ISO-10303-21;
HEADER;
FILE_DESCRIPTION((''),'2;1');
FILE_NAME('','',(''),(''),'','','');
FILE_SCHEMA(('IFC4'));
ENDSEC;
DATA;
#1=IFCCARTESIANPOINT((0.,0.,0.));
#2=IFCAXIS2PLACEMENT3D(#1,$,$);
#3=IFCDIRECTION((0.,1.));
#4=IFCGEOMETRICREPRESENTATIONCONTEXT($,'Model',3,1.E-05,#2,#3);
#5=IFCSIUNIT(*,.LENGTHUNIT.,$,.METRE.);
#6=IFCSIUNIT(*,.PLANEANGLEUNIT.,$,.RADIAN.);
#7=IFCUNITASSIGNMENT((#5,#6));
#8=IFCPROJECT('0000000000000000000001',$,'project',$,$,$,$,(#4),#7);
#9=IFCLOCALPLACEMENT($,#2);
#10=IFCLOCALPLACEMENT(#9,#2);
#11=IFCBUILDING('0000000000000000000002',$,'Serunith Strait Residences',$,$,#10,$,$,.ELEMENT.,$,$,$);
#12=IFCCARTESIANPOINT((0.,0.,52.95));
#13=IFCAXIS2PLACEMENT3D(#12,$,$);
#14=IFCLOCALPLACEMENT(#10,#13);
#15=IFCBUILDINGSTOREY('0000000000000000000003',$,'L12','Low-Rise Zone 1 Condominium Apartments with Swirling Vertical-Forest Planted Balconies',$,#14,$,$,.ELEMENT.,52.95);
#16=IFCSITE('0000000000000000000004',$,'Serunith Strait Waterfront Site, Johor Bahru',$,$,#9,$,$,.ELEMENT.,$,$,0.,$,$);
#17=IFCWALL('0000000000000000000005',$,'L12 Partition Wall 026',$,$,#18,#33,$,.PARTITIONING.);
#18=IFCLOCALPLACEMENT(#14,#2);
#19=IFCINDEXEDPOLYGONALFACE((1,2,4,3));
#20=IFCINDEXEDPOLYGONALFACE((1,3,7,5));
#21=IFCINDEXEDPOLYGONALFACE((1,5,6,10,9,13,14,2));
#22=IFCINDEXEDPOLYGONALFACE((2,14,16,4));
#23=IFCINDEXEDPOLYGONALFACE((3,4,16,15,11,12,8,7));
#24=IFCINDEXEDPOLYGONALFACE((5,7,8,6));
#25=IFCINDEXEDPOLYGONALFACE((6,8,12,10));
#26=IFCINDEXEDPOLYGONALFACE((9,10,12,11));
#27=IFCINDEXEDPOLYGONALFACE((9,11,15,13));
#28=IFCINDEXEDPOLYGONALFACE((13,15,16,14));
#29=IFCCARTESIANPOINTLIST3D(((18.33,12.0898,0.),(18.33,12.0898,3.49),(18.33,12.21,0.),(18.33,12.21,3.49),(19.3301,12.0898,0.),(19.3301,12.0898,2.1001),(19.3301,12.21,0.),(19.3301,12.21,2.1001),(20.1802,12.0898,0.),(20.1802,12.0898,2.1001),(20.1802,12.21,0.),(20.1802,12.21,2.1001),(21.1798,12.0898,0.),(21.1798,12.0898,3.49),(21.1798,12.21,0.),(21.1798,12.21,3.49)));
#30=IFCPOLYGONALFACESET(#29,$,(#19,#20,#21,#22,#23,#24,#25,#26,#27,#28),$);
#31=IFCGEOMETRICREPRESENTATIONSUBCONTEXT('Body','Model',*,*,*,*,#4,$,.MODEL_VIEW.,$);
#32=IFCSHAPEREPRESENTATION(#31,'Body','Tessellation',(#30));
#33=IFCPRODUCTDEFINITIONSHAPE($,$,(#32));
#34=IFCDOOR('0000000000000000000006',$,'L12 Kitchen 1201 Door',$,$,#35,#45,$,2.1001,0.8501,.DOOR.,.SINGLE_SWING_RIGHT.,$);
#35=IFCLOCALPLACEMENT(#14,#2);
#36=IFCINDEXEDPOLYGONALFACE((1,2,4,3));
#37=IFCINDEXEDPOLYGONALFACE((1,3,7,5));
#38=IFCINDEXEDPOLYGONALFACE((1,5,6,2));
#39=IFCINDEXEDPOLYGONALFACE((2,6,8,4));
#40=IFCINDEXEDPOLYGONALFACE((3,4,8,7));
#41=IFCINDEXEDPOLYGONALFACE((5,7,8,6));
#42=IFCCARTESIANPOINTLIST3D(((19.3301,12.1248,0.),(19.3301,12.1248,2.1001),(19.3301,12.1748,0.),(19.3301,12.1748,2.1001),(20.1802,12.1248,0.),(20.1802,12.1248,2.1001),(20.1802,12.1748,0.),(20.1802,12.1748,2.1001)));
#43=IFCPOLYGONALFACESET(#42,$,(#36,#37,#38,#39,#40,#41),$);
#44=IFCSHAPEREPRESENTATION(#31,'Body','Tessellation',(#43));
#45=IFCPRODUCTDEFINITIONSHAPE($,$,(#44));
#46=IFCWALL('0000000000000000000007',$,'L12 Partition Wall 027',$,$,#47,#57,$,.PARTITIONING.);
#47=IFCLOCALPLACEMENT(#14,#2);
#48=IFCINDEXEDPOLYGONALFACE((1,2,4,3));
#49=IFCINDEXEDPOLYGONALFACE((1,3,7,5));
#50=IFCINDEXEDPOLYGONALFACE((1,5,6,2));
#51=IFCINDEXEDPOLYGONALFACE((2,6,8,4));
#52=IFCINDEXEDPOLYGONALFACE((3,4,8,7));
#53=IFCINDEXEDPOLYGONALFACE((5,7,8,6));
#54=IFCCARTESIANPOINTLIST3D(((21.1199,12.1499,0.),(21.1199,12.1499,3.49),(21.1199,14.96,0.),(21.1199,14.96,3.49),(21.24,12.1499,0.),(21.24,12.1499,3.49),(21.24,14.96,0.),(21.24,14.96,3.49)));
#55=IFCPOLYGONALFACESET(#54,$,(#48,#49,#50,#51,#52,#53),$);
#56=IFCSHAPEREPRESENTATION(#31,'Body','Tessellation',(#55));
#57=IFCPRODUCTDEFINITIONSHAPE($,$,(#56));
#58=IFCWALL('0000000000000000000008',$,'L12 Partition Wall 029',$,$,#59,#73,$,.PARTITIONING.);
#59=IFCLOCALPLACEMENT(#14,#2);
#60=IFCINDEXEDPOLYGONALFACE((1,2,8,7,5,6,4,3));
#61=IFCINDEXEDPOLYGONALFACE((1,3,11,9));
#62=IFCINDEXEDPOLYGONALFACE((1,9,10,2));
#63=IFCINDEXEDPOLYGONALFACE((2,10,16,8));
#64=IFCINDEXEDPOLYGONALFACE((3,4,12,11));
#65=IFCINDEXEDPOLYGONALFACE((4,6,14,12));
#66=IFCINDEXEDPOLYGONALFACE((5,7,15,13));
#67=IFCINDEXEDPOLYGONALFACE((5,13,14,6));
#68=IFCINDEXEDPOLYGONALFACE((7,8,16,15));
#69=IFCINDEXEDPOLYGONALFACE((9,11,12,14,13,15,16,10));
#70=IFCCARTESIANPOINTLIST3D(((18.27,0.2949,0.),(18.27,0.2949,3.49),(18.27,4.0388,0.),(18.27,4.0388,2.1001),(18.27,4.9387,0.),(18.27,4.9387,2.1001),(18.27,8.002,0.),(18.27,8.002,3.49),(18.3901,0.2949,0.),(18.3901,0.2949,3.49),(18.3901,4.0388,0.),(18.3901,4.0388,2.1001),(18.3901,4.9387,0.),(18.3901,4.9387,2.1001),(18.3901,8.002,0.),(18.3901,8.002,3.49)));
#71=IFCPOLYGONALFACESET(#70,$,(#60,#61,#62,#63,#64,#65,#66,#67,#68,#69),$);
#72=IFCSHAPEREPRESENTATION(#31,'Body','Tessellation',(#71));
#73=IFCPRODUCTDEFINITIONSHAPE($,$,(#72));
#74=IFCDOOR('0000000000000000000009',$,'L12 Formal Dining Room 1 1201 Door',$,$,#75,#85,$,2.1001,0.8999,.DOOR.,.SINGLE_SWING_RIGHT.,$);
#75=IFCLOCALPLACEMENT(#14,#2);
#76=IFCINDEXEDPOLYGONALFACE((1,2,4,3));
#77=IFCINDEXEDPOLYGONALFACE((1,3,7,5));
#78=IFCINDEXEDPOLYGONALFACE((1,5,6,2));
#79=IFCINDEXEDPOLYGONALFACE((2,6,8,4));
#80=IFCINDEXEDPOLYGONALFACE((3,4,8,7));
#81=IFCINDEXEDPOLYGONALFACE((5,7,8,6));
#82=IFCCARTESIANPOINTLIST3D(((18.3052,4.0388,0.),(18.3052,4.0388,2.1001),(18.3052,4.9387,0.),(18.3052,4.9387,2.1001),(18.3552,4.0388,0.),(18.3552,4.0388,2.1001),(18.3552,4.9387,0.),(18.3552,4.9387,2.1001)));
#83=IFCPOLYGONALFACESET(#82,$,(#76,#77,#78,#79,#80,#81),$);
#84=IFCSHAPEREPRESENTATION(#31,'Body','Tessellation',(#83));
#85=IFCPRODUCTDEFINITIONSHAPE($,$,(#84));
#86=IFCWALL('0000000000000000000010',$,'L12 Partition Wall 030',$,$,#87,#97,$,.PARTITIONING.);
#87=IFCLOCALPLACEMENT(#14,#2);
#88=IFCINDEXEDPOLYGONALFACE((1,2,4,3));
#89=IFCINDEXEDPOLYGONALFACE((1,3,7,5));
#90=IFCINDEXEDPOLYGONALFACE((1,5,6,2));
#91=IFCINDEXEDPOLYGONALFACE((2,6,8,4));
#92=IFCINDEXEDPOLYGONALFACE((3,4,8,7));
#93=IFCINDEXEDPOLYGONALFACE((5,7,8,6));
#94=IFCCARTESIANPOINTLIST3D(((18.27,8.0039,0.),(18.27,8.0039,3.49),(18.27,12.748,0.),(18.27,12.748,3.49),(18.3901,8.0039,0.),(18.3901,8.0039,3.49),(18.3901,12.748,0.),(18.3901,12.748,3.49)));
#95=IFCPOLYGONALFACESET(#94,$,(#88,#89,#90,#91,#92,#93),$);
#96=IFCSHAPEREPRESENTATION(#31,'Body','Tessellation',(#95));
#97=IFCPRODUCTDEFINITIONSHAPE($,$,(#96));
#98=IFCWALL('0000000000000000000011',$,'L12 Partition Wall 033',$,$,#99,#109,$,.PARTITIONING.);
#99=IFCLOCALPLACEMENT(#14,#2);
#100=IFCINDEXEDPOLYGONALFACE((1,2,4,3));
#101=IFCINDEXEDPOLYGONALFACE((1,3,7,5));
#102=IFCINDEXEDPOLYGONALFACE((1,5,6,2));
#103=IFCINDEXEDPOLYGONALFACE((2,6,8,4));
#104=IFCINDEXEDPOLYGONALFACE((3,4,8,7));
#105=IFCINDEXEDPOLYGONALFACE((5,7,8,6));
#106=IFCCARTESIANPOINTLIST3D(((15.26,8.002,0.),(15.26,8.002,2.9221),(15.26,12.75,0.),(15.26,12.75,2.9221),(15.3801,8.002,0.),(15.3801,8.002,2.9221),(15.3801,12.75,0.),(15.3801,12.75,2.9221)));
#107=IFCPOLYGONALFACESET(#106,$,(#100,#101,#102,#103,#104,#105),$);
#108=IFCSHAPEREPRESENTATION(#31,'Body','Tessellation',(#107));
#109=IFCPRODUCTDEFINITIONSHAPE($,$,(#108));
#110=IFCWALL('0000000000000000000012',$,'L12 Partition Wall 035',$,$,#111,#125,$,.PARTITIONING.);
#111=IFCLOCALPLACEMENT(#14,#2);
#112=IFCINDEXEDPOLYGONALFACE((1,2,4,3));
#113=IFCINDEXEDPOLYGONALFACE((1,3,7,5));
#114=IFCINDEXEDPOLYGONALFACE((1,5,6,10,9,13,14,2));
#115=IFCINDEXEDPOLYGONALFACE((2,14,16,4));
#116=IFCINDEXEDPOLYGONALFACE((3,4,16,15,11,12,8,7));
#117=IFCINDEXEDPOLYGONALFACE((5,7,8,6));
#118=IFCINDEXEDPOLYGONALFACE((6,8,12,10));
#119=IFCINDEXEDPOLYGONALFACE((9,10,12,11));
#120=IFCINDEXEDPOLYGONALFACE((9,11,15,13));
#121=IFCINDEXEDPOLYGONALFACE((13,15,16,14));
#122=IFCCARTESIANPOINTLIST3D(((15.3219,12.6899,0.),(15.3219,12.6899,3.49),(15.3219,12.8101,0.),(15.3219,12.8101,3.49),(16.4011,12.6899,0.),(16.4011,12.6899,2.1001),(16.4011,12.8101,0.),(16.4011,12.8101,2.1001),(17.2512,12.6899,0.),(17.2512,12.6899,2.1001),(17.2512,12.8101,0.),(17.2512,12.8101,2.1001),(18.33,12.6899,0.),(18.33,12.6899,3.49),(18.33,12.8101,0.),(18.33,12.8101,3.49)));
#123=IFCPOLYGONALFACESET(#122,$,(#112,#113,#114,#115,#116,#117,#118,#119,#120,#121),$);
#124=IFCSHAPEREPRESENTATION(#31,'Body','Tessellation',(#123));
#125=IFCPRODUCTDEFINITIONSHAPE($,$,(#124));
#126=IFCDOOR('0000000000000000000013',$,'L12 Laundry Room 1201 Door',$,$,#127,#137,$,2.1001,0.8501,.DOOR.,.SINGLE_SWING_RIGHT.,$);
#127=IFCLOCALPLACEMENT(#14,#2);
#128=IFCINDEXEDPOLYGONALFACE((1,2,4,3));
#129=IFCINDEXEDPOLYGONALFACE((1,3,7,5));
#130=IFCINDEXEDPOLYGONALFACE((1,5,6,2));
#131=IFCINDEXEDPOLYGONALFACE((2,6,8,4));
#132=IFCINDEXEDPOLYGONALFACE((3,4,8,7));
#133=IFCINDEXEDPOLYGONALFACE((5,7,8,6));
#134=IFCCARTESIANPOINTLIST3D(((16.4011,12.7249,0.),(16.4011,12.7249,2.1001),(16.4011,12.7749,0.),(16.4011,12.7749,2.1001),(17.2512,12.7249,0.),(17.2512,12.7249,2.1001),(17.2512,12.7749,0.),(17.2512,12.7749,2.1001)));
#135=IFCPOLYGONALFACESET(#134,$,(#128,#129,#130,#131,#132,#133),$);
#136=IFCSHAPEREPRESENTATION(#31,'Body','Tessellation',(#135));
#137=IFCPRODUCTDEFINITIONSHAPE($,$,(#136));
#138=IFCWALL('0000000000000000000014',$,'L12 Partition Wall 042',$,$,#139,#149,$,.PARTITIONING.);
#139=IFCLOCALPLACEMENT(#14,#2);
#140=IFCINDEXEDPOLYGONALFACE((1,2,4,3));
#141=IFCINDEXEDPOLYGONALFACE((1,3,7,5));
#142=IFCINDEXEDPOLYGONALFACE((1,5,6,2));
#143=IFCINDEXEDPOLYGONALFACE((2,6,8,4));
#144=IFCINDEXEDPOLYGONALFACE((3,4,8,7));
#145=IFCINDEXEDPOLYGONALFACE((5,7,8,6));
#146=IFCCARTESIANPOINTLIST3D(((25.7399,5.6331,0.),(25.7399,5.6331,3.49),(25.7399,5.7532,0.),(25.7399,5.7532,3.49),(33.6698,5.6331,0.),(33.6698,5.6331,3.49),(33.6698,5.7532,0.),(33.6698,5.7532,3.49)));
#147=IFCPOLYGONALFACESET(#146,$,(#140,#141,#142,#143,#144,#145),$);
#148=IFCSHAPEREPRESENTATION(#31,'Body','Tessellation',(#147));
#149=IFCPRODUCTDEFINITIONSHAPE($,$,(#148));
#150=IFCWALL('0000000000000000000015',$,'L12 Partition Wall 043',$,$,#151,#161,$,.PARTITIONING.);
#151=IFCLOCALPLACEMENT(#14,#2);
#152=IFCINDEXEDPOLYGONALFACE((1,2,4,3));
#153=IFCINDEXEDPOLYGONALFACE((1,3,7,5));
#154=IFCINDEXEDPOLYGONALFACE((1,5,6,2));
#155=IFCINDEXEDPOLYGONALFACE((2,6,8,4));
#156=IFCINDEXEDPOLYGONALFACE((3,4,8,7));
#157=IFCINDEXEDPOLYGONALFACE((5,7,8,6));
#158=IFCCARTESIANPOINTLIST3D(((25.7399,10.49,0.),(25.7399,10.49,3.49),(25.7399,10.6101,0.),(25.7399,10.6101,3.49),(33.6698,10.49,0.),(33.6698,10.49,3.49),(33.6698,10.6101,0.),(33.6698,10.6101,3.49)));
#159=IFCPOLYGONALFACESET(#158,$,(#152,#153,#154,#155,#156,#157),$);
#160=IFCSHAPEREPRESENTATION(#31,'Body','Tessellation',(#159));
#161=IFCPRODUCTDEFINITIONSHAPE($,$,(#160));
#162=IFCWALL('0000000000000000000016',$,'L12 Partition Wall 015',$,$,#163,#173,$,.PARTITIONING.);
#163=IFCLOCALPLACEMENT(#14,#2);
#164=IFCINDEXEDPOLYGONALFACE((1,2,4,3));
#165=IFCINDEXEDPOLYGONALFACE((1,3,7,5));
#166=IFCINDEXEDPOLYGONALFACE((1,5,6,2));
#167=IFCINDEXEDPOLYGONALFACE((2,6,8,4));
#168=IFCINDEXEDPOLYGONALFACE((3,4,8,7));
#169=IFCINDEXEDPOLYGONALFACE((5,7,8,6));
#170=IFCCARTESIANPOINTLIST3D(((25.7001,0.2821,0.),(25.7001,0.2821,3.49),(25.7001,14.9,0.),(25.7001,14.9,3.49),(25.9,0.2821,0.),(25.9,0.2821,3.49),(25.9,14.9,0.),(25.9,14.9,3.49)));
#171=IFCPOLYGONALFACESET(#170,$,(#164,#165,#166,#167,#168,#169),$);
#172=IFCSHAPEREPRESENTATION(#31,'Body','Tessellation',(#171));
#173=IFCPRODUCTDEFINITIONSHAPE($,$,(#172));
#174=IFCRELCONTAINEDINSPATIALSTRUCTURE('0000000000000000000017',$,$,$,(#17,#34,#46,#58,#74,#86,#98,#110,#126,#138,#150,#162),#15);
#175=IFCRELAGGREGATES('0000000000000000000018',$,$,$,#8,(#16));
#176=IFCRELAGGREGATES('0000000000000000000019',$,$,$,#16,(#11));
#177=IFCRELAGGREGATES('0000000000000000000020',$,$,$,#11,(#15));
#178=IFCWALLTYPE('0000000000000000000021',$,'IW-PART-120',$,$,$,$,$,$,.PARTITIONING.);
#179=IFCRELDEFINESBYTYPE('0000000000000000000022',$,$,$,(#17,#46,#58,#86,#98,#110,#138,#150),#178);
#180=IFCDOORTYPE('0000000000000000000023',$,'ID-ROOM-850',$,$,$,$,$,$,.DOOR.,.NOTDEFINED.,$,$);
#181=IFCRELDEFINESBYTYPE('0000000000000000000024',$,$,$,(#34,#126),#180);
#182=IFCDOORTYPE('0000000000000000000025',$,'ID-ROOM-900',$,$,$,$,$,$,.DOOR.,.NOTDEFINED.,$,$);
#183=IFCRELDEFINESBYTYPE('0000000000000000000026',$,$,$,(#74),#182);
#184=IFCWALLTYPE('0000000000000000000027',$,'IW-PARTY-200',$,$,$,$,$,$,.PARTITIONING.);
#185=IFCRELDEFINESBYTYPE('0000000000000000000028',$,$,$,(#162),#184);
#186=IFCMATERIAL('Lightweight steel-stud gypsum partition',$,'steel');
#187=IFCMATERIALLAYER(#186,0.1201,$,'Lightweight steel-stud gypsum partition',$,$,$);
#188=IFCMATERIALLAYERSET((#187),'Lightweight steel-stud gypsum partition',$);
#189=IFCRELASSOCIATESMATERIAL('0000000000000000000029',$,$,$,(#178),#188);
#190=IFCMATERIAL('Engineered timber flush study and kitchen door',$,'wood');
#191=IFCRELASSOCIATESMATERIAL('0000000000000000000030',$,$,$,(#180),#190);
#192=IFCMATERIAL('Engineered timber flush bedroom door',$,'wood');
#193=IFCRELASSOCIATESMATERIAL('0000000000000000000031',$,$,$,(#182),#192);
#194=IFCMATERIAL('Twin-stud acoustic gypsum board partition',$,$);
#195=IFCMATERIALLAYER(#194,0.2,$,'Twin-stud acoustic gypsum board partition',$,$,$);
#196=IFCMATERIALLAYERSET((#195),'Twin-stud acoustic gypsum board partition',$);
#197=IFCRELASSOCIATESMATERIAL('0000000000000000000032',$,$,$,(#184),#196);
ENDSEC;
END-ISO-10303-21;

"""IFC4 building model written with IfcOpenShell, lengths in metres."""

from ifc_helpers import new_model, si_unit, direction, frame, frame_2d, origin, place, context, subcontext, project, spatial, rectangle, extrude, source, transform, mapped, material, layer, layer_set, type_object, element, fill, save


model = new_model("IFC4")

# Units and contexts
model_context = context("Model", 3, precision=1e-05, world=origin(), true_north=direction((0.0, 1.0)))
body_context = subcontext(model_context, "Body", "Model", "MODEL_VIEW")
ifc_project = project(units=[si_unit("LENGTHUNIT", "METRE"), si_unit("PLANEANGLEUNIT", "RADIAN")], contexts=[model_context])

# Site, building, storey
site_placement = place(None, origin())
site = spatial("IfcSite", under=ifc_project, at=site_placement, Name="Serunith Strait Waterfront Site, Johor Bahru", CompositionType="ELEMENT", RefElevation=0.0)
building_placement = place(site_placement, origin())
building = spatial("IfcBuilding", under=site, at=building_placement, Name="Serunith Strait Residences", CompositionType="ELEMENT")
storey_placement = place(building_placement, frame((0.0, 0.0, 52.95)))
storey = spatial("IfcBuildingStorey", under=building, at=storey_placement, Name="L12", Description="Low-Rise Zone 1 Condominium Apartments with Swirling Vertical-Forest Planted Balconies", CompositionType="ELEMENT", Elevation=52.95)

# Wall, opening, door
ifc_material_1 = material(Name="Lightweight steel-stud gypsum partition", Category="steel")
ifc_layer_1 = layer(ifc_material_1, 0.1201, Name="Lightweight steel-stud gypsum partition")
ifc_layer_set_1 = layer_set([ifc_layer_1], Name="Lightweight steel-stud gypsum partition")
wall_type_1 = type_object("IfcWallType", Name="IW-PART-120", PredefinedType="PARTITIONING", material=ifc_layer_set_1)
wall_1_placement = place(storey_placement, frame((18.3301, 12.1499, 0.0), z_axis=(0.0, 0.0, 1.0), x_axis=(1.0, 0.0, 0.0)))
wall_1 = element("IfcWall", 1, at=wall_1_placement, inside=storey, type_object=wall_type_1, Name="L12 Partition Wall 026", PredefinedType="PARTITIONING", context=body_context, shape_type="SweptSolid", body=[
    extrude(rectangle(XDim=2.8499, YDim=0.1201, at=frame_2d((1.4248, 0.0))), origin(), (0.0, 0.0, 1.0), 3.49),
])
opening_1_placement = place(wall_1_placement, frame((1.0, 0.0, 0.0)))
opening_1 = element("IfcOpeningElement", 2, at=opening_1_placement, cuts=wall_1, PredefinedType="OPENING", context=body_context, shape_type="SweptSolid", body=[
    extrude(rectangle(XDim=0.8501, YDim=2.1001, at=frame_2d((0.425, 1.05))), frame((0.0, 0.0701, 0.0), z_axis=(0.0, -1.0, 0.0), x_axis=(1.0, 0.0, 0.0)), (0.0, 0.0, 1.0), 0.1401),
])
ifc_material_2 = material(Name="Engineered timber flush study and kitchen door", Category="wood")
door_type_1 = type_object("IfcDoorType", Name="ID-ROOM-850", OperationType="NOTDEFINED", PredefinedType="DOOR", material=ifc_material_2)
shared_shape_1 = source(origin(), body_context, "Body", "SweptSolid", [
    extrude(rectangle(XDim=0.8501, YDim=2.1001, at=frame_2d((0.425, 1.05))), frame((0.0, 0.0249, 0.0), z_axis=(0.0, -1.0, 0.0), x_axis=(1.0, 0.0, 0.0)), (0.0, 0.0, 1.0), 0.05),
])
door_1_placement = place(opening_1_placement, origin())
door_1 = element("IfcDoor", 3, at=door_1_placement, inside=storey, type_object=door_type_1, Name="L12 Kitchen 1201 Door", OperationType="SINGLE_SWING_RIGHT", OverallHeight=2.1001, OverallWidth=0.8501, PredefinedType="DOOR", context=body_context, shape_type="MappedRepresentation", body=[
    mapped(shared_shape_1, transform((0.0, 0.0, 0.0), scale=1.0)),
])
fill(opening_1, door_1)

# Wall
wall_2_placement = place(storey_placement, frame((21.1799, 12.1499, 0.0), z_axis=(0.0, 0.0, 1.0), x_axis=(0.0, 1.0, 0.0)))
element("IfcWall", 4, at=wall_2_placement, inside=storey, type_object=wall_type_1, Name="L12 Partition Wall 027", PredefinedType="PARTITIONING", context=body_context, shape_type="SweptSolid", body=[
    extrude(rectangle(XDim=2.8101, YDim=0.1201, at=frame_2d((1.405, 0.0))), origin(), (0.0, 0.0, 1.0), 3.49),
])

# Wall, opening, door
wall_3_placement = place(storey_placement, frame((18.3301, 0.2949, 0.0), z_axis=(0.0, 0.0, 1.0), x_axis=(0.0, 1.0, 0.0)))
wall_3 = element("IfcWall", 5, at=wall_3_placement, inside=storey, type_object=wall_type_1, Name="L12 Partition Wall 029", PredefinedType="PARTITIONING", context=body_context, shape_type="SweptSolid", body=[
    extrude(rectangle(XDim=7.707, YDim=0.1201, at=frame_2d((3.8535, 0.0))), origin(), (0.0, 0.0, 1.0), 3.49),
])
opening_2_placement = place(wall_3_placement, frame((3.7439, 0.0, 0.0)))
opening_2 = element("IfcOpeningElement", 6, at=opening_2_placement, cuts=wall_3, PredefinedType="OPENING", context=body_context, shape_type="SweptSolid", body=[
    extrude(rectangle(XDim=0.8999, YDim=2.1001, at=frame_2d((0.45, 1.05))), frame((0.0, 0.0701, 0.0), z_axis=(0.0, -1.0, 0.0), x_axis=(1.0, 0.0, 0.0)), (0.0, 0.0, 1.0), 0.1401),
])
ifc_material_3 = material(Name="Engineered timber flush bedroom door", Category="wood")
door_type_2 = type_object("IfcDoorType", Name="ID-ROOM-900", OperationType="NOTDEFINED", PredefinedType="DOOR", material=ifc_material_3)
shared_shape_2 = source(origin(), body_context, "Body", "SweptSolid", [
    extrude(rectangle(XDim=0.8999, YDim=2.1001, at=frame_2d((0.45, 1.05))), frame((0.0, 0.0249, 0.0), z_axis=(0.0, -1.0, 0.0), x_axis=(1.0, 0.0, 0.0)), (0.0, 0.0, 1.0), 0.05),
])
door_2_placement = place(opening_2_placement, origin())
door_2 = element("IfcDoor", 7, at=door_2_placement, inside=storey, type_object=door_type_2, Name="L12 Formal Dining Room 1 1201 Door", OperationType="SINGLE_SWING_RIGHT", OverallHeight=2.1001, OverallWidth=0.8999, PredefinedType="DOOR", context=body_context, shape_type="MappedRepresentation", body=[
    mapped(shared_shape_2, transform((0.0, 0.0, 0.0), scale=1.0)),
])
fill(opening_2, door_2)

# Walls
wall_4_placement = place(storey_placement, frame((18.3301, 8.0039, 0.0), z_axis=(0.0, 0.0, 1.0), x_axis=(0.0, 1.0, 0.0)))
element("IfcWall", 8, at=wall_4_placement, inside=storey, type_object=wall_type_1, Name="L12 Partition Wall 030", PredefinedType="PARTITIONING", context=body_context, shape_type="SweptSolid", body=[
    extrude(rectangle(XDim=4.7441, YDim=0.1201, at=frame_2d((2.3721, 0.0))), origin(), (0.0, 0.0, 1.0), 3.49),
])
wall_5_placement = place(storey_placement, frame((15.3201, 8.002, 0.0), z_axis=(0.0, 0.0, 1.0), x_axis=(0.0, 1.0, 0.0)))
element("IfcWall", 9, at=wall_5_placement, inside=storey, type_object=wall_type_1, Name="L12 Partition Wall 033", PredefinedType="PARTITIONING", context=body_context, shape_type="SweptSolid", body=[
    extrude(rectangle(XDim=4.748, YDim=0.1201, at=frame_2d((2.374, 0.0))), origin(), (0.0, 0.0, 1.0), 2.9221),
])

# Wall, opening, door
wall_6_placement = place(storey_placement, frame((15.322, 12.75, 0.0), z_axis=(0.0, 0.0, 1.0), x_axis=(1.0, 0.0, 0.0)))
wall_6 = element("IfcWall", 10, at=wall_6_placement, inside=storey, type_object=wall_type_1, Name="L12 Partition Wall 035", PredefinedType="PARTITIONING", context=body_context, shape_type="SweptSolid", body=[
    extrude(rectangle(XDim=3.0081, YDim=0.1201, at=frame_2d((1.5039, 0.0))), origin(), (0.0, 0.0, 1.0), 3.49),
])
opening_3_placement = place(wall_6_placement, frame((1.0791, 0.0, 0.0)))
opening_3 = element("IfcOpeningElement", 11, at=opening_3_placement, cuts=wall_6, PredefinedType="OPENING", context=body_context, shape_type="SweptSolid", body=[
    extrude(rectangle(XDim=0.8501, YDim=2.1001, at=frame_2d((0.425, 1.05))), frame((0.0, 0.0701, 0.0), z_axis=(0.0, -1.0, 0.0), x_axis=(1.0, 0.0, 0.0)), (0.0, 0.0, 1.0), 0.1401),
])
door_3_placement = place(opening_3_placement, origin())
door_3 = element("IfcDoor", 12, at=door_3_placement, inside=storey, type_object=door_type_1, Name="L12 Laundry Room 1201 Door", OperationType="SINGLE_SWING_RIGHT", OverallHeight=2.1001, OverallWidth=0.8501, PredefinedType="DOOR", context=body_context, shape_type="MappedRepresentation", body=[
    mapped(shared_shape_1, transform((0.0, 0.0, 0.0), scale=1.0)),
])
fill(opening_3, door_3)

# Walls
for number, where, z_axis, x_axis, name in (
    (13, (25.74, 5.6931, 0.0), (0.0, 0.0, 1.0), (1.0, 0.0, 0.0), "L12 Partition Wall 042"),
    (14, (25.74, 10.55, 0.0), (0.0, 0.0, 1.0), (1.0, 0.0, 0.0), "L12 Partition Wall 043"),
):
    element("IfcWall", number, at=place(storey_placement, frame(where, z_axis=z_axis, x_axis=x_axis)), inside=storey, type_object=wall_type_1, Name=name, PredefinedType="PARTITIONING", context=body_context, shape_type="SweptSolid", body=[
        extrude(rectangle(XDim=7.9299, YDim=0.1201, at=frame_2d((3.9648, 0.0))), origin(), (0.0, 0.0, 1.0), 3.49),
    ])
ifc_material_4 = material(Name="Twin-stud acoustic gypsum board partition")
ifc_layer_2 = layer(ifc_material_4, 0.2, Name="Twin-stud acoustic gypsum board partition")
ifc_layer_set_2 = layer_set([ifc_layer_2], Name="Twin-stud acoustic gypsum board partition")
wall_type_2 = type_object("IfcWallType", Name="IW-PARTY-200", PredefinedType="PARTITIONING", material=ifc_layer_set_2)
wall_7_placement = place(storey_placement, frame((25.8, 0.282, 0.0), z_axis=(0.0, 0.0, 1.0), x_axis=(0.0, 1.0, 0.0)))
element("IfcWall", 15, at=wall_7_placement, inside=storey, type_object=wall_type_2, Name="L12 Partition Wall 015", PredefinedType="PARTITIONING", context=body_context, shape_type="SweptSolid", body=[
    extrude(rectangle(XDim=14.6179, YDim=0.2, at=frame_2d((7.3091, 0.0))), origin(), (0.0, 0.0, 1.0), 3.49),
])

save(model, "model.ifc")
